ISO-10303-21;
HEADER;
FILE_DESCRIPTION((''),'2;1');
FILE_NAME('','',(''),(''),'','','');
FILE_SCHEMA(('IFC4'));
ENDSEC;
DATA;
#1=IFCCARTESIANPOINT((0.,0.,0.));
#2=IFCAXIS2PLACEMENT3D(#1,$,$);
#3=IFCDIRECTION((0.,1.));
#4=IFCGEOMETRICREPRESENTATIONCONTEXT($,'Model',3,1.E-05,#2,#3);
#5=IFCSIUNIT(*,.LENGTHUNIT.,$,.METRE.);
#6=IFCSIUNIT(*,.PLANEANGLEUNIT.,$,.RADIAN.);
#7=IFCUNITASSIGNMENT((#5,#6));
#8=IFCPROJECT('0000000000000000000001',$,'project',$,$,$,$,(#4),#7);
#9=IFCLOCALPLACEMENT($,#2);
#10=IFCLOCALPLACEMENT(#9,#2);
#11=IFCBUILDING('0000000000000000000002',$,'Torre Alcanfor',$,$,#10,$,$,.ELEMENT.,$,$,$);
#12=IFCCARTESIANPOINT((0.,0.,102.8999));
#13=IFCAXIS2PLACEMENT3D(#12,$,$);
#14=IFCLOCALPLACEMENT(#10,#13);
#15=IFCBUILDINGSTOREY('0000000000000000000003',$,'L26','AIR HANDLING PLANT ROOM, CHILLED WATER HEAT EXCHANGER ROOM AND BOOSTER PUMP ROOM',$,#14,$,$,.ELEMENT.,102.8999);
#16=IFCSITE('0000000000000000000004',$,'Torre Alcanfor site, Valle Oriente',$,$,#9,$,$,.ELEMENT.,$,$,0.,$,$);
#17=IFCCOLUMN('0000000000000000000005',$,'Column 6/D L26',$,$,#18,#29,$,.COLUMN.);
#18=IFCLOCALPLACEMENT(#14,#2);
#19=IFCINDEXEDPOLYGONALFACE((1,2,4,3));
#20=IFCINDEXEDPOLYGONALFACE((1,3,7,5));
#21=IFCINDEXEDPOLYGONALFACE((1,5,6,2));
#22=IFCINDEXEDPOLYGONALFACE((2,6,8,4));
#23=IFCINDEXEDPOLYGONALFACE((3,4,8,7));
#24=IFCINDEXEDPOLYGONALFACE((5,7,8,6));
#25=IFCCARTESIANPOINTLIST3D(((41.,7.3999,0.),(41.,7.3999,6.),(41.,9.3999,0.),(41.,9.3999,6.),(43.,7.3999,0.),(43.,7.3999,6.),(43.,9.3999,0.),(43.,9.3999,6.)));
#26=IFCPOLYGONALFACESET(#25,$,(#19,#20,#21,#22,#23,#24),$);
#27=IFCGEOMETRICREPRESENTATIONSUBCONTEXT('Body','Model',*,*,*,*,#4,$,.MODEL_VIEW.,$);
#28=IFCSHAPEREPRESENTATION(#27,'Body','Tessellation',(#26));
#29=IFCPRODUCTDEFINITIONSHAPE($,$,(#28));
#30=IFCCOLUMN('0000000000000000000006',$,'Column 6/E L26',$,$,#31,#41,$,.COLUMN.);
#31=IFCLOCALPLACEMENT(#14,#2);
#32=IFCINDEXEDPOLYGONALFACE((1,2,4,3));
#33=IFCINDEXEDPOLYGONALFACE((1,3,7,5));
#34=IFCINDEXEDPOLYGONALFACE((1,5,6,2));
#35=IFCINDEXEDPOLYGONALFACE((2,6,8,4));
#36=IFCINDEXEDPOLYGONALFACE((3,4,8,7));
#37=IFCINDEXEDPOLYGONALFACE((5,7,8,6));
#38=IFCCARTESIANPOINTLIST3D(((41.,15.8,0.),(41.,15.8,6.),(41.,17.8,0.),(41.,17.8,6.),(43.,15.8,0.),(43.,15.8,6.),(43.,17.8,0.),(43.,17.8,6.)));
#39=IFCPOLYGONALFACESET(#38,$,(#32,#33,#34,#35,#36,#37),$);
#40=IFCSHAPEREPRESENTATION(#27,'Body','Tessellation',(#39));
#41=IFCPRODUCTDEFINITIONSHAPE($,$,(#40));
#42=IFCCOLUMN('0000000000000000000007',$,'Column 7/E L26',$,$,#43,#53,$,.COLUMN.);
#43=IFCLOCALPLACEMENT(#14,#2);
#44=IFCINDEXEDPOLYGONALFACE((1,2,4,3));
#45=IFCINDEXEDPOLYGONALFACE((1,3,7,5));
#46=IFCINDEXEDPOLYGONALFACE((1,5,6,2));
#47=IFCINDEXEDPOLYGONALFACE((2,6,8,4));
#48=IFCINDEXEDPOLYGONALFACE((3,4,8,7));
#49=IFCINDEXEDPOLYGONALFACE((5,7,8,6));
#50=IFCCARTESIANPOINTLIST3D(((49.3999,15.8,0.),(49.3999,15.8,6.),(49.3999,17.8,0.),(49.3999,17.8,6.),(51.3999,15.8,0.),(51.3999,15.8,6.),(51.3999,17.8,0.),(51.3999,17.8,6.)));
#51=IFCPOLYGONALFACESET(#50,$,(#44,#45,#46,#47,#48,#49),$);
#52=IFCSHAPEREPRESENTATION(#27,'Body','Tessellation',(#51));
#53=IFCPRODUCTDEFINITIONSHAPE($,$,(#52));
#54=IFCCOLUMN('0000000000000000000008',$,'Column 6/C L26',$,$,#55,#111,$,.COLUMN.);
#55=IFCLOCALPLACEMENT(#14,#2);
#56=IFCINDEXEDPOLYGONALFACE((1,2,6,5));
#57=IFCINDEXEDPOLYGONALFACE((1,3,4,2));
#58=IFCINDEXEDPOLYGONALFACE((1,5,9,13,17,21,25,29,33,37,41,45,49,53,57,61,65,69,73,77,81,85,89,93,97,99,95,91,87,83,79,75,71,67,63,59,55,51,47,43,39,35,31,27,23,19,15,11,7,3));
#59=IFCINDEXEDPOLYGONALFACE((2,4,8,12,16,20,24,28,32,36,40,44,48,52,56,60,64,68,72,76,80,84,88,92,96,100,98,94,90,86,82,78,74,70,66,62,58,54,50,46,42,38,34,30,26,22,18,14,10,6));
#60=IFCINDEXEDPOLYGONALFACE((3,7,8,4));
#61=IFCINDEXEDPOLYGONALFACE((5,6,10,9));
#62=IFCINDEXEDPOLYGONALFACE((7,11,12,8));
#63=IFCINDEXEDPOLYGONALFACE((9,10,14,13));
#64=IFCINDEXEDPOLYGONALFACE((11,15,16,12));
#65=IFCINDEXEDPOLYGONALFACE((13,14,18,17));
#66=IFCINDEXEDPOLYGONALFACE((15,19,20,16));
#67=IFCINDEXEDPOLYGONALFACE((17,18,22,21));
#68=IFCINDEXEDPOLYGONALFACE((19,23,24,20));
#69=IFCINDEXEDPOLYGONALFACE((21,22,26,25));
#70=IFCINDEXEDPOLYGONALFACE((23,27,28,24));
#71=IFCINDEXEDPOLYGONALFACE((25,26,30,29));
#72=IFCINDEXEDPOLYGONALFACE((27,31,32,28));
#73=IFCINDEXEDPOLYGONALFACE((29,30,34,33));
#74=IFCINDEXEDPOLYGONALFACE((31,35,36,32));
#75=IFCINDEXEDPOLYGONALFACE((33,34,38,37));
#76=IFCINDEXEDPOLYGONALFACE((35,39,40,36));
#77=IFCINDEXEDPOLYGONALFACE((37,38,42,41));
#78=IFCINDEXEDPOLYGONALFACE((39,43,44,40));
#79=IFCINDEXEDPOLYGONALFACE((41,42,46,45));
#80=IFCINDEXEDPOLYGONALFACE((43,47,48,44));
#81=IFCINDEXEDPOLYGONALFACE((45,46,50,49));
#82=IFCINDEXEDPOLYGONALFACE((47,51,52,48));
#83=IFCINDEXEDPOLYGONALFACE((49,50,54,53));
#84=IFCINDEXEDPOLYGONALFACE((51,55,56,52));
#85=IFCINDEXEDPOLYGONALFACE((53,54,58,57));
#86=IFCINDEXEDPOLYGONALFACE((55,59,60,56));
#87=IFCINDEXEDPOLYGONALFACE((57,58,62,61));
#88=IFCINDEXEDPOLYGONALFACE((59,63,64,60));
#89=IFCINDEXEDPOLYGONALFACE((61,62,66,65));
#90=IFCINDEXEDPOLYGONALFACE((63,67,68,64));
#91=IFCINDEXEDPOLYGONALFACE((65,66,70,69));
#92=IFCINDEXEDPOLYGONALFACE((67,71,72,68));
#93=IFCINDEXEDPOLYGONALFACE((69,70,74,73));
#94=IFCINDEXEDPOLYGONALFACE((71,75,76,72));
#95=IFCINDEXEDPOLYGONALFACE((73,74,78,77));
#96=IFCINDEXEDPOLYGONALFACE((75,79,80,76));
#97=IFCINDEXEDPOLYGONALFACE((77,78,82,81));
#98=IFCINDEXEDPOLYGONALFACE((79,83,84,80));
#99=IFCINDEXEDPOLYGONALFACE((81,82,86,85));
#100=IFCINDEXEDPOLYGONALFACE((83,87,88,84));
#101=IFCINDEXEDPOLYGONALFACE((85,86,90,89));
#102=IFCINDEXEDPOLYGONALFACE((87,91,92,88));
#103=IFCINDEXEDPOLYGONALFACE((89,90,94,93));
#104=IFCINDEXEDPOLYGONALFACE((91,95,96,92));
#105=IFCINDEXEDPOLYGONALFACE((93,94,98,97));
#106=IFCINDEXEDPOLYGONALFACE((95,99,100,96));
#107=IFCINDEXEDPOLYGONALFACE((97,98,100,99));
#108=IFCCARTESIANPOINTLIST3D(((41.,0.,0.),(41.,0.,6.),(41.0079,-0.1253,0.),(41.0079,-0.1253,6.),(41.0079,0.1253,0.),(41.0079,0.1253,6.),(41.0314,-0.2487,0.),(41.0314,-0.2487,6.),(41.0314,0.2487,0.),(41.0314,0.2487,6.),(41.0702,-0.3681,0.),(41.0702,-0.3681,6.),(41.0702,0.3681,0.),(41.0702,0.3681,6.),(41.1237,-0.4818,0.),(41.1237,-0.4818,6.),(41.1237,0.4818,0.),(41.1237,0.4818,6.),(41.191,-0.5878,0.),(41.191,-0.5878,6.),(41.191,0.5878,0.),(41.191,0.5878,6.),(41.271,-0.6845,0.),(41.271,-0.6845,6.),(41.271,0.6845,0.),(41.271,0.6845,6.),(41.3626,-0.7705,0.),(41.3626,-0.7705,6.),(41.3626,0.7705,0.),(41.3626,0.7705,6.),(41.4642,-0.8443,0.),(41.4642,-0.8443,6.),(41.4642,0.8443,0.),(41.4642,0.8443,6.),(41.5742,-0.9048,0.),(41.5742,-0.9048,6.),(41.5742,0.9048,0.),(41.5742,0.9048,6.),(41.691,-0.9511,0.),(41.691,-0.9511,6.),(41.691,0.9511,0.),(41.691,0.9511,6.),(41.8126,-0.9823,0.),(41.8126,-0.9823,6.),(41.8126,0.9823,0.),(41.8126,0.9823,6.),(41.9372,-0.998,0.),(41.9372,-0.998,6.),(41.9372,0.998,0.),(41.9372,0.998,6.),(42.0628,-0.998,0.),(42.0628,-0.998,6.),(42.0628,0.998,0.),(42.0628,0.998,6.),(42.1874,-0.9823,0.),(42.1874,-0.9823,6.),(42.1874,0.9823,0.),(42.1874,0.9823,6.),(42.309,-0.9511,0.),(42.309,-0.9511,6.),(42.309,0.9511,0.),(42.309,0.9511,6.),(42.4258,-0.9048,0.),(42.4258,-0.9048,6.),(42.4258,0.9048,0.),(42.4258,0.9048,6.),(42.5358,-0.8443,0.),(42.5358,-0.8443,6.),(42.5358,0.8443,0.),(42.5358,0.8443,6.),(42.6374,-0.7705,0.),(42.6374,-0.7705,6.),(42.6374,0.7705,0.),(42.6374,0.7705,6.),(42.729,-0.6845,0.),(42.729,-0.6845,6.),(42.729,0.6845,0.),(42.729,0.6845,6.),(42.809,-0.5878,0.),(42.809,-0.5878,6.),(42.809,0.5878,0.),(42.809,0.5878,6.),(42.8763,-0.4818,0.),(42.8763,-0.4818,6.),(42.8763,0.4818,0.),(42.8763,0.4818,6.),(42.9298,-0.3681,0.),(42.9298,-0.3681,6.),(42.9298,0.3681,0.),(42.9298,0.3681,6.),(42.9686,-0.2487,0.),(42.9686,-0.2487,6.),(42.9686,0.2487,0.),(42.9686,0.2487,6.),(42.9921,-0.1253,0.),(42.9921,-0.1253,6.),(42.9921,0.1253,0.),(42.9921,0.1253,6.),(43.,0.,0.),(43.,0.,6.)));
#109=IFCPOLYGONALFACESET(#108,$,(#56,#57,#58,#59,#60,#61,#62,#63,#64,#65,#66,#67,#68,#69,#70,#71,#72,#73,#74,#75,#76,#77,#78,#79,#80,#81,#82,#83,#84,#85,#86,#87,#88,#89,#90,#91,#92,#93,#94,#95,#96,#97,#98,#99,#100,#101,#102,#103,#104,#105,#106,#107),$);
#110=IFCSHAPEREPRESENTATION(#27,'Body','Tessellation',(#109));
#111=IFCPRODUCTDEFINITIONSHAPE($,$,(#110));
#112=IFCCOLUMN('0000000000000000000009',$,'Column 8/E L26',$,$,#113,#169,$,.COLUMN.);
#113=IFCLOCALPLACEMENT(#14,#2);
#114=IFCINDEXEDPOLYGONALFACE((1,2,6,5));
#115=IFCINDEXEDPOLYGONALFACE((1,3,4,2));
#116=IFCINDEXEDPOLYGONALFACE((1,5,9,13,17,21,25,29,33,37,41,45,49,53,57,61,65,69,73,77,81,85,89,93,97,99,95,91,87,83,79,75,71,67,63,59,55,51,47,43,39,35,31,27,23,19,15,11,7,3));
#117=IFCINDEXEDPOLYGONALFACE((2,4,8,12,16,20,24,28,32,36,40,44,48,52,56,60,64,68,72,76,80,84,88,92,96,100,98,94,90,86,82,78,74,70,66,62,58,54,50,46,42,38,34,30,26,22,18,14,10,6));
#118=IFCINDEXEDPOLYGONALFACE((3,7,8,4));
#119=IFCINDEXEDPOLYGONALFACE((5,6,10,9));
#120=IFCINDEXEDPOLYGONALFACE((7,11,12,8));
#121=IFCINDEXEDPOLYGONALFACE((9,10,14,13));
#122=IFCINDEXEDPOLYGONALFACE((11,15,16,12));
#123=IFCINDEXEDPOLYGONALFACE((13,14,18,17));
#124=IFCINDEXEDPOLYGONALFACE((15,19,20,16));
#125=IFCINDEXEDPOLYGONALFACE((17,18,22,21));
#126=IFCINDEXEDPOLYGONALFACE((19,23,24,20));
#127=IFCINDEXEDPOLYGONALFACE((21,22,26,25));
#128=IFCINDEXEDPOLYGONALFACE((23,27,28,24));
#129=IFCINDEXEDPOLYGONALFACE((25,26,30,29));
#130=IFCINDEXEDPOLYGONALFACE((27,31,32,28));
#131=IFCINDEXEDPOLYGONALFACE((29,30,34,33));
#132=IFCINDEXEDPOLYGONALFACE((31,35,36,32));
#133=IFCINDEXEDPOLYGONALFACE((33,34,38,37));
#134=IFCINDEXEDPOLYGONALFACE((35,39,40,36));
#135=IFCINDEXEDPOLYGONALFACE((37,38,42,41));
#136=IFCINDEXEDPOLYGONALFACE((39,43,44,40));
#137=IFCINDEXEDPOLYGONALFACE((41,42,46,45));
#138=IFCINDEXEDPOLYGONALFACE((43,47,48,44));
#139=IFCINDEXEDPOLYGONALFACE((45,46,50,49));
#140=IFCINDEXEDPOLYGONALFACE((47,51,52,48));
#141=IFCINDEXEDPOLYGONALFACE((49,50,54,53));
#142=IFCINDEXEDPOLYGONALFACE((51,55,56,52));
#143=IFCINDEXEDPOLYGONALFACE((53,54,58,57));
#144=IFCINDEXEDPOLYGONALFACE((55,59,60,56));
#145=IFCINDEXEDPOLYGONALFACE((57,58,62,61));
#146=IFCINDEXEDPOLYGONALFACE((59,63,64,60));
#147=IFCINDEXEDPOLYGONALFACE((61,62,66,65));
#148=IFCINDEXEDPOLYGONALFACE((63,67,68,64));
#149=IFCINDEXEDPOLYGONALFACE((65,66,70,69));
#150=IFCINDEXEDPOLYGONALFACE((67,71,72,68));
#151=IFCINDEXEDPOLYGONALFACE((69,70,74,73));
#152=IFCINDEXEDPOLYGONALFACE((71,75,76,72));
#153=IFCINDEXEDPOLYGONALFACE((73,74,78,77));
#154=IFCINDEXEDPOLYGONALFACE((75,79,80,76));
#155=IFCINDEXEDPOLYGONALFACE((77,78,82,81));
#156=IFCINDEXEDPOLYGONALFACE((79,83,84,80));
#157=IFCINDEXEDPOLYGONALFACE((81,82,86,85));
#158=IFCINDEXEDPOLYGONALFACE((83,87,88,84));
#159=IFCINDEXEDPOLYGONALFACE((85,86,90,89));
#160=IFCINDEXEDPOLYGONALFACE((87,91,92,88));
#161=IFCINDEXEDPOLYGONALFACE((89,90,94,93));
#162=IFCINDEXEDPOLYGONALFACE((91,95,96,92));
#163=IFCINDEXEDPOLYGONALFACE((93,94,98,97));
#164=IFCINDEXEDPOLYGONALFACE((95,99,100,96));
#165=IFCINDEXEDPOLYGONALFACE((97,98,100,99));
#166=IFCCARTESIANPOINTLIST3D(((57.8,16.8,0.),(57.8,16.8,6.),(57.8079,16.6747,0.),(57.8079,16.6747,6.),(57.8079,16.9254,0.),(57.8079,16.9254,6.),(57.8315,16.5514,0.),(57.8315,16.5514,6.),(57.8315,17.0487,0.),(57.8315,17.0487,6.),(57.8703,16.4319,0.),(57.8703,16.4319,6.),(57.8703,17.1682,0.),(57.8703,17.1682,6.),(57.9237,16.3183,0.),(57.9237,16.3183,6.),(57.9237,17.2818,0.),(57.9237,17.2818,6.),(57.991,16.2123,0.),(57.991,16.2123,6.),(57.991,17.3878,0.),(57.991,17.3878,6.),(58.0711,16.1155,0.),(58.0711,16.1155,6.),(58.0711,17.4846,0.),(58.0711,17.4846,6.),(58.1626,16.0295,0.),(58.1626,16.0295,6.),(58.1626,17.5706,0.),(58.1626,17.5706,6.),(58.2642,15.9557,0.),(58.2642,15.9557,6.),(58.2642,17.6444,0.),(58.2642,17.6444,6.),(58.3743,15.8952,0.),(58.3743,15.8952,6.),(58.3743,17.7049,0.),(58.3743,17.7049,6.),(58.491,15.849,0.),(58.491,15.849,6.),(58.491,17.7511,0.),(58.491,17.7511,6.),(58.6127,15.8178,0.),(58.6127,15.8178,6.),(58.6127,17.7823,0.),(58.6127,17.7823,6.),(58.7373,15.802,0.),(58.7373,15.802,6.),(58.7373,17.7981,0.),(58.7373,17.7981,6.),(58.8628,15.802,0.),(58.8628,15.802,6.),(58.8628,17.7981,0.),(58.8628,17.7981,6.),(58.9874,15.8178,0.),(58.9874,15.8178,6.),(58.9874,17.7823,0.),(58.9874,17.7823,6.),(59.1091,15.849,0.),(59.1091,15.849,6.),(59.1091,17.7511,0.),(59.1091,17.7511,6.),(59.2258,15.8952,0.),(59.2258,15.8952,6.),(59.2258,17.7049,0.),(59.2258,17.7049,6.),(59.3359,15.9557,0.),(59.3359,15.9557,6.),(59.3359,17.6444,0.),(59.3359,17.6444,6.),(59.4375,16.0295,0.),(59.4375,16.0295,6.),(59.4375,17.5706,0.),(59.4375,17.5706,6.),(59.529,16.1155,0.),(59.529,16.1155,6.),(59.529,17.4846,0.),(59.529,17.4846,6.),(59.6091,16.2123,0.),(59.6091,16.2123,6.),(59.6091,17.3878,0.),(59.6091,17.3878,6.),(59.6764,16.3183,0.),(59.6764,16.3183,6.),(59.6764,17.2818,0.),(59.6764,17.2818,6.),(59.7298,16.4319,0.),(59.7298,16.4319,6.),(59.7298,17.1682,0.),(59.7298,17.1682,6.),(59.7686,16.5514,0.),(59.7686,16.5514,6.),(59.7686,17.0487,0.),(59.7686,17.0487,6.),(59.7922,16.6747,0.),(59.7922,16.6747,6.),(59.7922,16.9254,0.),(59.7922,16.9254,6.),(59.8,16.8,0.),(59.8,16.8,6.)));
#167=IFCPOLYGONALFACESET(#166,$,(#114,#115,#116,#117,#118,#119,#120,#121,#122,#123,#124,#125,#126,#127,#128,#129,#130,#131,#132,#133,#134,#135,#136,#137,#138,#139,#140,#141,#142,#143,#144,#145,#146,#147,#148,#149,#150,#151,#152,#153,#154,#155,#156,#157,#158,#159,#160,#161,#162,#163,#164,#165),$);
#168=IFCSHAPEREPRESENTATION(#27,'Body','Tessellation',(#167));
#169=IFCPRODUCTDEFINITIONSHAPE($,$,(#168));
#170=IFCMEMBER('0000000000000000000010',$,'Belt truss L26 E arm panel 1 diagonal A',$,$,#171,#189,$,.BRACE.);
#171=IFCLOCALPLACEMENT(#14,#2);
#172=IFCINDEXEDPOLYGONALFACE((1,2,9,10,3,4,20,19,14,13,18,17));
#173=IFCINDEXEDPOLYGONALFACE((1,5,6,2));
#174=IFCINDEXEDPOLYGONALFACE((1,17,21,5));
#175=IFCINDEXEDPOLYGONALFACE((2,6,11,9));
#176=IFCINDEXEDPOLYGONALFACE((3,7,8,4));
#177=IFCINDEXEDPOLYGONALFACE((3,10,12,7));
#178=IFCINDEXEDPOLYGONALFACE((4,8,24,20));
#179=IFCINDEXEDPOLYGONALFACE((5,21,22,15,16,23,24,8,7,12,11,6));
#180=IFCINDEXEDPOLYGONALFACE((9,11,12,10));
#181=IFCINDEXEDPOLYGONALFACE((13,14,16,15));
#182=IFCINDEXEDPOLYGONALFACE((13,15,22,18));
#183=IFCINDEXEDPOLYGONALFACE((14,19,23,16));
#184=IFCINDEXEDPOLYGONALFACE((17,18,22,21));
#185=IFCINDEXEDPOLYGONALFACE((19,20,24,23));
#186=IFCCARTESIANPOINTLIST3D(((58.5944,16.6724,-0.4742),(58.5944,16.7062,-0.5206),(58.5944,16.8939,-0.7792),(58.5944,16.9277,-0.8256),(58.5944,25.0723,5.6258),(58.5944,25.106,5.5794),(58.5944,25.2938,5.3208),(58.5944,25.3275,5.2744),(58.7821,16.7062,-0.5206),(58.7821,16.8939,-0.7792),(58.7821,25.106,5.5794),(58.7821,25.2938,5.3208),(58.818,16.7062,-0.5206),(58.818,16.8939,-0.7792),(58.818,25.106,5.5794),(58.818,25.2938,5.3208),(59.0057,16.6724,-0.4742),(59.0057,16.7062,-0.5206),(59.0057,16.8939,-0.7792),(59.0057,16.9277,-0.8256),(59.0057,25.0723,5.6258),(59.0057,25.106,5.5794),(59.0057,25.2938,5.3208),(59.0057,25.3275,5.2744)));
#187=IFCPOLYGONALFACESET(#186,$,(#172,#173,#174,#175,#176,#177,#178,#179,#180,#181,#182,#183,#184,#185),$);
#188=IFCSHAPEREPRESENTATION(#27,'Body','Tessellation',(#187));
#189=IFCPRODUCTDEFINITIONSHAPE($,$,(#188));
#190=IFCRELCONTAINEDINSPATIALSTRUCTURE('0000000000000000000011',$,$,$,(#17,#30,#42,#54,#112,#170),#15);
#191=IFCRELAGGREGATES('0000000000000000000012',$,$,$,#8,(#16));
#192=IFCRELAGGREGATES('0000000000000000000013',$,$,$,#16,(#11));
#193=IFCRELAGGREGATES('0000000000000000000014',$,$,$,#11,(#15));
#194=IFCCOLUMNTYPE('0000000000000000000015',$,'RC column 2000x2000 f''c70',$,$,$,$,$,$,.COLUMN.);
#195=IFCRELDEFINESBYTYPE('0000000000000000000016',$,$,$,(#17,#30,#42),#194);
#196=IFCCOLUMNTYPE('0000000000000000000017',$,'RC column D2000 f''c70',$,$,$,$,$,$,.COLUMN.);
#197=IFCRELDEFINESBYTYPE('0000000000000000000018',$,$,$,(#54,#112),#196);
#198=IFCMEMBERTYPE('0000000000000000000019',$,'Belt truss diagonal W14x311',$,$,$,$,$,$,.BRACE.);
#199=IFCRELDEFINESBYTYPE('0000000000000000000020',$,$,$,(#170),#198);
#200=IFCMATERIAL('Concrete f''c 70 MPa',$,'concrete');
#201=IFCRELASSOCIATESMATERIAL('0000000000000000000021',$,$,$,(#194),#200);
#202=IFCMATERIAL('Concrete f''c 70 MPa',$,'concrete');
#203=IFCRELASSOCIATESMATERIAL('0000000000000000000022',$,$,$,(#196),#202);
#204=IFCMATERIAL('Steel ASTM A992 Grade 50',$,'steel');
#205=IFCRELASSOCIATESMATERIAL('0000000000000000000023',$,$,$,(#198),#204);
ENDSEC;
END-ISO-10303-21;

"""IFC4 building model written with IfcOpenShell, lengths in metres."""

from ifc_helpers import new_model, si_unit, direction, frame, origin, origin_2d, place, context, subcontext, project, spatial, rectangle, circle, i_section, extrude, material, material_profile, profile_set, type_object, element, save


model = new_model("IFC4")

# Units and contexts
model_context = context("Model", 3, precision=1e-05, world=origin(), true_north=direction((0.0, 1.0)))
body_context = subcontext(model_context, "Body", "Model", "MODEL_VIEW")
ifc_project = project(units=[si_unit("LENGTHUNIT", "METRE"), si_unit("PLANEANGLEUNIT", "RADIAN")], contexts=[model_context])

# Site, building, storey
site_placement = place(None, origin())
site = spatial("IfcSite", under=ifc_project, at=site_placement, Name="Torre Alcanfor site, Valle Oriente", CompositionType="ELEMENT", RefElevation=0.0)
building_placement = place(site_placement, origin())
building = spatial("IfcBuilding", under=site, at=building_placement, Name="Torre Alcanfor", CompositionType="ELEMENT")
storey_placement = place(building_placement, frame((0.0, 0.0, 102.8999)))
storey = spatial("IfcBuildingStorey", under=building, at=storey_placement, Name="L26", Description="AIR HANDLING PLANT ROOM, CHILLED WATER HEAT EXCHANGER ROOM AND BOOSTER PUMP ROOM", CompositionType="ELEMENT", Elevation=102.8999)

# Columns
ifc_material_1 = material(Name="Concrete f'c 70 MPa", Category="concrete")
ifc_material_profile_1 = material_profile(ifc_material_1, rectangle(XDim=2.0, YDim=2.0, at=origin_2d()), Name="2000x2000")
ifc_profile_set_1 = profile_set([ifc_material_profile_1], Name="Concrete f'c 70 MPa")
column_type_1 = type_object("IfcColumnType", Name="RC column 2000x2000 f'c70", PredefinedType="COLUMN", material=ifc_profile_set_1)
for number, where, z_axis, x_axis, name in (
    (1, (42.0, 8.3999, 0.0), (0.0, 0.0, 1.0), (1.0, 0.0, 0.0), "Column 6/D L26"),
    (2, (42.0, 16.8, 0.0), (0.0, 0.0, 1.0), (1.0, 0.0, 0.0), "Column 6/E L26"),
    (3, (50.3999, 16.8, 0.0), (0.0, 0.0, 1.0), (1.0, 0.0, 0.0), "Column 7/E L26"),
):
    element("IfcColumn", number, at=place(storey_placement, frame(where, z_axis=z_axis, x_axis=x_axis)), inside=storey, type_object=column_type_1, Name=name, PredefinedType="COLUMN", context=body_context, shape_type="SweptSolid", body=[
        extrude(rectangle(XDim=2.0, YDim=2.0, at=origin_2d()), origin(), (0.0, 0.0, 1.0), 6.0),
    ])
ifc_material_2 = material(Name="Concrete f'c 70 MPa", Category="concrete")
ifc_material_profile_2 = material_profile(ifc_material_2, circle(Radius=1.0, at=origin_2d()), Name="D2000")
ifc_profile_set_2 = profile_set([ifc_material_profile_2], Name="Concrete f'c 70 MPa")
column_type_2 = type_object("IfcColumnType", Name="RC column D2000 f'c70", PredefinedType="COLUMN", material=ifc_profile_set_2)
for number, where, z_axis, x_axis, name in (
    (4, (42.0, 0.0, 0.0), (0.0, 0.0, 1.0), (1.0, 0.0, 0.0), "Column 6/C L26"),
    (5, (58.8, 16.8, 0.0), (0.0, 0.0, 1.0), (1.0, 0.0, 0.0), "Column 8/E L26"),
):
    element("IfcColumn", number, at=place(storey_placement, frame(where, z_axis=z_axis, x_axis=x_axis)), inside=storey, type_object=column_type_2, Name=name, PredefinedType="COLUMN", context=body_context, shape_type="SweptSolid", body=[
        extrude(circle(Radius=1.0, at=origin_2d()), origin(), (0.0, 0.0, 1.0), 6.0),
    ])

# Member
ifc_material_3 = material(Name="Steel ASTM A992 Grade 50", Category="steel")
ifc_material_profile_3 = material_profile(ifc_material_3, i_section(OverallWidth=0.4114, OverallDepth=0.4343, WebThickness=0.0359, FlangeThickness=0.0574, at=origin_2d()), Name="W14x311")
ifc_profile_set_3 = profile_set([ifc_material_profile_3], Name="Steel ASTM A992 Grade 50")
member_type_1 = type_object("IfcMemberType", Name="Belt truss diagonal W14x311", PredefinedType="BRACE", material=ifc_profile_set_3)
for number, where, z_axis, x_axis, name in (
    (6, (58.8, 16.8, -0.6499), (0.0, 0.809145, 0.587609), (-1.0, 0.0, 0.0), "Belt truss L26 E arm panel 1 diagonal A"),
):
    element("IfcMember", number, at=place(storey_placement, frame(where, z_axis=z_axis, x_axis=x_axis)), inside=storey, type_object=member_type_1, Name=name, PredefinedType="BRACE", context=body_context, shape_type="SweptSolid", body=[
        extrude(i_section(OverallWidth=0.4114, OverallDepth=0.4343, WebThickness=0.0359, FlangeThickness=0.0574, at=origin_2d()), origin(), (0.0, 0.0, 1.0), 10.3811),
    ])

save(model, "model.ifc")
